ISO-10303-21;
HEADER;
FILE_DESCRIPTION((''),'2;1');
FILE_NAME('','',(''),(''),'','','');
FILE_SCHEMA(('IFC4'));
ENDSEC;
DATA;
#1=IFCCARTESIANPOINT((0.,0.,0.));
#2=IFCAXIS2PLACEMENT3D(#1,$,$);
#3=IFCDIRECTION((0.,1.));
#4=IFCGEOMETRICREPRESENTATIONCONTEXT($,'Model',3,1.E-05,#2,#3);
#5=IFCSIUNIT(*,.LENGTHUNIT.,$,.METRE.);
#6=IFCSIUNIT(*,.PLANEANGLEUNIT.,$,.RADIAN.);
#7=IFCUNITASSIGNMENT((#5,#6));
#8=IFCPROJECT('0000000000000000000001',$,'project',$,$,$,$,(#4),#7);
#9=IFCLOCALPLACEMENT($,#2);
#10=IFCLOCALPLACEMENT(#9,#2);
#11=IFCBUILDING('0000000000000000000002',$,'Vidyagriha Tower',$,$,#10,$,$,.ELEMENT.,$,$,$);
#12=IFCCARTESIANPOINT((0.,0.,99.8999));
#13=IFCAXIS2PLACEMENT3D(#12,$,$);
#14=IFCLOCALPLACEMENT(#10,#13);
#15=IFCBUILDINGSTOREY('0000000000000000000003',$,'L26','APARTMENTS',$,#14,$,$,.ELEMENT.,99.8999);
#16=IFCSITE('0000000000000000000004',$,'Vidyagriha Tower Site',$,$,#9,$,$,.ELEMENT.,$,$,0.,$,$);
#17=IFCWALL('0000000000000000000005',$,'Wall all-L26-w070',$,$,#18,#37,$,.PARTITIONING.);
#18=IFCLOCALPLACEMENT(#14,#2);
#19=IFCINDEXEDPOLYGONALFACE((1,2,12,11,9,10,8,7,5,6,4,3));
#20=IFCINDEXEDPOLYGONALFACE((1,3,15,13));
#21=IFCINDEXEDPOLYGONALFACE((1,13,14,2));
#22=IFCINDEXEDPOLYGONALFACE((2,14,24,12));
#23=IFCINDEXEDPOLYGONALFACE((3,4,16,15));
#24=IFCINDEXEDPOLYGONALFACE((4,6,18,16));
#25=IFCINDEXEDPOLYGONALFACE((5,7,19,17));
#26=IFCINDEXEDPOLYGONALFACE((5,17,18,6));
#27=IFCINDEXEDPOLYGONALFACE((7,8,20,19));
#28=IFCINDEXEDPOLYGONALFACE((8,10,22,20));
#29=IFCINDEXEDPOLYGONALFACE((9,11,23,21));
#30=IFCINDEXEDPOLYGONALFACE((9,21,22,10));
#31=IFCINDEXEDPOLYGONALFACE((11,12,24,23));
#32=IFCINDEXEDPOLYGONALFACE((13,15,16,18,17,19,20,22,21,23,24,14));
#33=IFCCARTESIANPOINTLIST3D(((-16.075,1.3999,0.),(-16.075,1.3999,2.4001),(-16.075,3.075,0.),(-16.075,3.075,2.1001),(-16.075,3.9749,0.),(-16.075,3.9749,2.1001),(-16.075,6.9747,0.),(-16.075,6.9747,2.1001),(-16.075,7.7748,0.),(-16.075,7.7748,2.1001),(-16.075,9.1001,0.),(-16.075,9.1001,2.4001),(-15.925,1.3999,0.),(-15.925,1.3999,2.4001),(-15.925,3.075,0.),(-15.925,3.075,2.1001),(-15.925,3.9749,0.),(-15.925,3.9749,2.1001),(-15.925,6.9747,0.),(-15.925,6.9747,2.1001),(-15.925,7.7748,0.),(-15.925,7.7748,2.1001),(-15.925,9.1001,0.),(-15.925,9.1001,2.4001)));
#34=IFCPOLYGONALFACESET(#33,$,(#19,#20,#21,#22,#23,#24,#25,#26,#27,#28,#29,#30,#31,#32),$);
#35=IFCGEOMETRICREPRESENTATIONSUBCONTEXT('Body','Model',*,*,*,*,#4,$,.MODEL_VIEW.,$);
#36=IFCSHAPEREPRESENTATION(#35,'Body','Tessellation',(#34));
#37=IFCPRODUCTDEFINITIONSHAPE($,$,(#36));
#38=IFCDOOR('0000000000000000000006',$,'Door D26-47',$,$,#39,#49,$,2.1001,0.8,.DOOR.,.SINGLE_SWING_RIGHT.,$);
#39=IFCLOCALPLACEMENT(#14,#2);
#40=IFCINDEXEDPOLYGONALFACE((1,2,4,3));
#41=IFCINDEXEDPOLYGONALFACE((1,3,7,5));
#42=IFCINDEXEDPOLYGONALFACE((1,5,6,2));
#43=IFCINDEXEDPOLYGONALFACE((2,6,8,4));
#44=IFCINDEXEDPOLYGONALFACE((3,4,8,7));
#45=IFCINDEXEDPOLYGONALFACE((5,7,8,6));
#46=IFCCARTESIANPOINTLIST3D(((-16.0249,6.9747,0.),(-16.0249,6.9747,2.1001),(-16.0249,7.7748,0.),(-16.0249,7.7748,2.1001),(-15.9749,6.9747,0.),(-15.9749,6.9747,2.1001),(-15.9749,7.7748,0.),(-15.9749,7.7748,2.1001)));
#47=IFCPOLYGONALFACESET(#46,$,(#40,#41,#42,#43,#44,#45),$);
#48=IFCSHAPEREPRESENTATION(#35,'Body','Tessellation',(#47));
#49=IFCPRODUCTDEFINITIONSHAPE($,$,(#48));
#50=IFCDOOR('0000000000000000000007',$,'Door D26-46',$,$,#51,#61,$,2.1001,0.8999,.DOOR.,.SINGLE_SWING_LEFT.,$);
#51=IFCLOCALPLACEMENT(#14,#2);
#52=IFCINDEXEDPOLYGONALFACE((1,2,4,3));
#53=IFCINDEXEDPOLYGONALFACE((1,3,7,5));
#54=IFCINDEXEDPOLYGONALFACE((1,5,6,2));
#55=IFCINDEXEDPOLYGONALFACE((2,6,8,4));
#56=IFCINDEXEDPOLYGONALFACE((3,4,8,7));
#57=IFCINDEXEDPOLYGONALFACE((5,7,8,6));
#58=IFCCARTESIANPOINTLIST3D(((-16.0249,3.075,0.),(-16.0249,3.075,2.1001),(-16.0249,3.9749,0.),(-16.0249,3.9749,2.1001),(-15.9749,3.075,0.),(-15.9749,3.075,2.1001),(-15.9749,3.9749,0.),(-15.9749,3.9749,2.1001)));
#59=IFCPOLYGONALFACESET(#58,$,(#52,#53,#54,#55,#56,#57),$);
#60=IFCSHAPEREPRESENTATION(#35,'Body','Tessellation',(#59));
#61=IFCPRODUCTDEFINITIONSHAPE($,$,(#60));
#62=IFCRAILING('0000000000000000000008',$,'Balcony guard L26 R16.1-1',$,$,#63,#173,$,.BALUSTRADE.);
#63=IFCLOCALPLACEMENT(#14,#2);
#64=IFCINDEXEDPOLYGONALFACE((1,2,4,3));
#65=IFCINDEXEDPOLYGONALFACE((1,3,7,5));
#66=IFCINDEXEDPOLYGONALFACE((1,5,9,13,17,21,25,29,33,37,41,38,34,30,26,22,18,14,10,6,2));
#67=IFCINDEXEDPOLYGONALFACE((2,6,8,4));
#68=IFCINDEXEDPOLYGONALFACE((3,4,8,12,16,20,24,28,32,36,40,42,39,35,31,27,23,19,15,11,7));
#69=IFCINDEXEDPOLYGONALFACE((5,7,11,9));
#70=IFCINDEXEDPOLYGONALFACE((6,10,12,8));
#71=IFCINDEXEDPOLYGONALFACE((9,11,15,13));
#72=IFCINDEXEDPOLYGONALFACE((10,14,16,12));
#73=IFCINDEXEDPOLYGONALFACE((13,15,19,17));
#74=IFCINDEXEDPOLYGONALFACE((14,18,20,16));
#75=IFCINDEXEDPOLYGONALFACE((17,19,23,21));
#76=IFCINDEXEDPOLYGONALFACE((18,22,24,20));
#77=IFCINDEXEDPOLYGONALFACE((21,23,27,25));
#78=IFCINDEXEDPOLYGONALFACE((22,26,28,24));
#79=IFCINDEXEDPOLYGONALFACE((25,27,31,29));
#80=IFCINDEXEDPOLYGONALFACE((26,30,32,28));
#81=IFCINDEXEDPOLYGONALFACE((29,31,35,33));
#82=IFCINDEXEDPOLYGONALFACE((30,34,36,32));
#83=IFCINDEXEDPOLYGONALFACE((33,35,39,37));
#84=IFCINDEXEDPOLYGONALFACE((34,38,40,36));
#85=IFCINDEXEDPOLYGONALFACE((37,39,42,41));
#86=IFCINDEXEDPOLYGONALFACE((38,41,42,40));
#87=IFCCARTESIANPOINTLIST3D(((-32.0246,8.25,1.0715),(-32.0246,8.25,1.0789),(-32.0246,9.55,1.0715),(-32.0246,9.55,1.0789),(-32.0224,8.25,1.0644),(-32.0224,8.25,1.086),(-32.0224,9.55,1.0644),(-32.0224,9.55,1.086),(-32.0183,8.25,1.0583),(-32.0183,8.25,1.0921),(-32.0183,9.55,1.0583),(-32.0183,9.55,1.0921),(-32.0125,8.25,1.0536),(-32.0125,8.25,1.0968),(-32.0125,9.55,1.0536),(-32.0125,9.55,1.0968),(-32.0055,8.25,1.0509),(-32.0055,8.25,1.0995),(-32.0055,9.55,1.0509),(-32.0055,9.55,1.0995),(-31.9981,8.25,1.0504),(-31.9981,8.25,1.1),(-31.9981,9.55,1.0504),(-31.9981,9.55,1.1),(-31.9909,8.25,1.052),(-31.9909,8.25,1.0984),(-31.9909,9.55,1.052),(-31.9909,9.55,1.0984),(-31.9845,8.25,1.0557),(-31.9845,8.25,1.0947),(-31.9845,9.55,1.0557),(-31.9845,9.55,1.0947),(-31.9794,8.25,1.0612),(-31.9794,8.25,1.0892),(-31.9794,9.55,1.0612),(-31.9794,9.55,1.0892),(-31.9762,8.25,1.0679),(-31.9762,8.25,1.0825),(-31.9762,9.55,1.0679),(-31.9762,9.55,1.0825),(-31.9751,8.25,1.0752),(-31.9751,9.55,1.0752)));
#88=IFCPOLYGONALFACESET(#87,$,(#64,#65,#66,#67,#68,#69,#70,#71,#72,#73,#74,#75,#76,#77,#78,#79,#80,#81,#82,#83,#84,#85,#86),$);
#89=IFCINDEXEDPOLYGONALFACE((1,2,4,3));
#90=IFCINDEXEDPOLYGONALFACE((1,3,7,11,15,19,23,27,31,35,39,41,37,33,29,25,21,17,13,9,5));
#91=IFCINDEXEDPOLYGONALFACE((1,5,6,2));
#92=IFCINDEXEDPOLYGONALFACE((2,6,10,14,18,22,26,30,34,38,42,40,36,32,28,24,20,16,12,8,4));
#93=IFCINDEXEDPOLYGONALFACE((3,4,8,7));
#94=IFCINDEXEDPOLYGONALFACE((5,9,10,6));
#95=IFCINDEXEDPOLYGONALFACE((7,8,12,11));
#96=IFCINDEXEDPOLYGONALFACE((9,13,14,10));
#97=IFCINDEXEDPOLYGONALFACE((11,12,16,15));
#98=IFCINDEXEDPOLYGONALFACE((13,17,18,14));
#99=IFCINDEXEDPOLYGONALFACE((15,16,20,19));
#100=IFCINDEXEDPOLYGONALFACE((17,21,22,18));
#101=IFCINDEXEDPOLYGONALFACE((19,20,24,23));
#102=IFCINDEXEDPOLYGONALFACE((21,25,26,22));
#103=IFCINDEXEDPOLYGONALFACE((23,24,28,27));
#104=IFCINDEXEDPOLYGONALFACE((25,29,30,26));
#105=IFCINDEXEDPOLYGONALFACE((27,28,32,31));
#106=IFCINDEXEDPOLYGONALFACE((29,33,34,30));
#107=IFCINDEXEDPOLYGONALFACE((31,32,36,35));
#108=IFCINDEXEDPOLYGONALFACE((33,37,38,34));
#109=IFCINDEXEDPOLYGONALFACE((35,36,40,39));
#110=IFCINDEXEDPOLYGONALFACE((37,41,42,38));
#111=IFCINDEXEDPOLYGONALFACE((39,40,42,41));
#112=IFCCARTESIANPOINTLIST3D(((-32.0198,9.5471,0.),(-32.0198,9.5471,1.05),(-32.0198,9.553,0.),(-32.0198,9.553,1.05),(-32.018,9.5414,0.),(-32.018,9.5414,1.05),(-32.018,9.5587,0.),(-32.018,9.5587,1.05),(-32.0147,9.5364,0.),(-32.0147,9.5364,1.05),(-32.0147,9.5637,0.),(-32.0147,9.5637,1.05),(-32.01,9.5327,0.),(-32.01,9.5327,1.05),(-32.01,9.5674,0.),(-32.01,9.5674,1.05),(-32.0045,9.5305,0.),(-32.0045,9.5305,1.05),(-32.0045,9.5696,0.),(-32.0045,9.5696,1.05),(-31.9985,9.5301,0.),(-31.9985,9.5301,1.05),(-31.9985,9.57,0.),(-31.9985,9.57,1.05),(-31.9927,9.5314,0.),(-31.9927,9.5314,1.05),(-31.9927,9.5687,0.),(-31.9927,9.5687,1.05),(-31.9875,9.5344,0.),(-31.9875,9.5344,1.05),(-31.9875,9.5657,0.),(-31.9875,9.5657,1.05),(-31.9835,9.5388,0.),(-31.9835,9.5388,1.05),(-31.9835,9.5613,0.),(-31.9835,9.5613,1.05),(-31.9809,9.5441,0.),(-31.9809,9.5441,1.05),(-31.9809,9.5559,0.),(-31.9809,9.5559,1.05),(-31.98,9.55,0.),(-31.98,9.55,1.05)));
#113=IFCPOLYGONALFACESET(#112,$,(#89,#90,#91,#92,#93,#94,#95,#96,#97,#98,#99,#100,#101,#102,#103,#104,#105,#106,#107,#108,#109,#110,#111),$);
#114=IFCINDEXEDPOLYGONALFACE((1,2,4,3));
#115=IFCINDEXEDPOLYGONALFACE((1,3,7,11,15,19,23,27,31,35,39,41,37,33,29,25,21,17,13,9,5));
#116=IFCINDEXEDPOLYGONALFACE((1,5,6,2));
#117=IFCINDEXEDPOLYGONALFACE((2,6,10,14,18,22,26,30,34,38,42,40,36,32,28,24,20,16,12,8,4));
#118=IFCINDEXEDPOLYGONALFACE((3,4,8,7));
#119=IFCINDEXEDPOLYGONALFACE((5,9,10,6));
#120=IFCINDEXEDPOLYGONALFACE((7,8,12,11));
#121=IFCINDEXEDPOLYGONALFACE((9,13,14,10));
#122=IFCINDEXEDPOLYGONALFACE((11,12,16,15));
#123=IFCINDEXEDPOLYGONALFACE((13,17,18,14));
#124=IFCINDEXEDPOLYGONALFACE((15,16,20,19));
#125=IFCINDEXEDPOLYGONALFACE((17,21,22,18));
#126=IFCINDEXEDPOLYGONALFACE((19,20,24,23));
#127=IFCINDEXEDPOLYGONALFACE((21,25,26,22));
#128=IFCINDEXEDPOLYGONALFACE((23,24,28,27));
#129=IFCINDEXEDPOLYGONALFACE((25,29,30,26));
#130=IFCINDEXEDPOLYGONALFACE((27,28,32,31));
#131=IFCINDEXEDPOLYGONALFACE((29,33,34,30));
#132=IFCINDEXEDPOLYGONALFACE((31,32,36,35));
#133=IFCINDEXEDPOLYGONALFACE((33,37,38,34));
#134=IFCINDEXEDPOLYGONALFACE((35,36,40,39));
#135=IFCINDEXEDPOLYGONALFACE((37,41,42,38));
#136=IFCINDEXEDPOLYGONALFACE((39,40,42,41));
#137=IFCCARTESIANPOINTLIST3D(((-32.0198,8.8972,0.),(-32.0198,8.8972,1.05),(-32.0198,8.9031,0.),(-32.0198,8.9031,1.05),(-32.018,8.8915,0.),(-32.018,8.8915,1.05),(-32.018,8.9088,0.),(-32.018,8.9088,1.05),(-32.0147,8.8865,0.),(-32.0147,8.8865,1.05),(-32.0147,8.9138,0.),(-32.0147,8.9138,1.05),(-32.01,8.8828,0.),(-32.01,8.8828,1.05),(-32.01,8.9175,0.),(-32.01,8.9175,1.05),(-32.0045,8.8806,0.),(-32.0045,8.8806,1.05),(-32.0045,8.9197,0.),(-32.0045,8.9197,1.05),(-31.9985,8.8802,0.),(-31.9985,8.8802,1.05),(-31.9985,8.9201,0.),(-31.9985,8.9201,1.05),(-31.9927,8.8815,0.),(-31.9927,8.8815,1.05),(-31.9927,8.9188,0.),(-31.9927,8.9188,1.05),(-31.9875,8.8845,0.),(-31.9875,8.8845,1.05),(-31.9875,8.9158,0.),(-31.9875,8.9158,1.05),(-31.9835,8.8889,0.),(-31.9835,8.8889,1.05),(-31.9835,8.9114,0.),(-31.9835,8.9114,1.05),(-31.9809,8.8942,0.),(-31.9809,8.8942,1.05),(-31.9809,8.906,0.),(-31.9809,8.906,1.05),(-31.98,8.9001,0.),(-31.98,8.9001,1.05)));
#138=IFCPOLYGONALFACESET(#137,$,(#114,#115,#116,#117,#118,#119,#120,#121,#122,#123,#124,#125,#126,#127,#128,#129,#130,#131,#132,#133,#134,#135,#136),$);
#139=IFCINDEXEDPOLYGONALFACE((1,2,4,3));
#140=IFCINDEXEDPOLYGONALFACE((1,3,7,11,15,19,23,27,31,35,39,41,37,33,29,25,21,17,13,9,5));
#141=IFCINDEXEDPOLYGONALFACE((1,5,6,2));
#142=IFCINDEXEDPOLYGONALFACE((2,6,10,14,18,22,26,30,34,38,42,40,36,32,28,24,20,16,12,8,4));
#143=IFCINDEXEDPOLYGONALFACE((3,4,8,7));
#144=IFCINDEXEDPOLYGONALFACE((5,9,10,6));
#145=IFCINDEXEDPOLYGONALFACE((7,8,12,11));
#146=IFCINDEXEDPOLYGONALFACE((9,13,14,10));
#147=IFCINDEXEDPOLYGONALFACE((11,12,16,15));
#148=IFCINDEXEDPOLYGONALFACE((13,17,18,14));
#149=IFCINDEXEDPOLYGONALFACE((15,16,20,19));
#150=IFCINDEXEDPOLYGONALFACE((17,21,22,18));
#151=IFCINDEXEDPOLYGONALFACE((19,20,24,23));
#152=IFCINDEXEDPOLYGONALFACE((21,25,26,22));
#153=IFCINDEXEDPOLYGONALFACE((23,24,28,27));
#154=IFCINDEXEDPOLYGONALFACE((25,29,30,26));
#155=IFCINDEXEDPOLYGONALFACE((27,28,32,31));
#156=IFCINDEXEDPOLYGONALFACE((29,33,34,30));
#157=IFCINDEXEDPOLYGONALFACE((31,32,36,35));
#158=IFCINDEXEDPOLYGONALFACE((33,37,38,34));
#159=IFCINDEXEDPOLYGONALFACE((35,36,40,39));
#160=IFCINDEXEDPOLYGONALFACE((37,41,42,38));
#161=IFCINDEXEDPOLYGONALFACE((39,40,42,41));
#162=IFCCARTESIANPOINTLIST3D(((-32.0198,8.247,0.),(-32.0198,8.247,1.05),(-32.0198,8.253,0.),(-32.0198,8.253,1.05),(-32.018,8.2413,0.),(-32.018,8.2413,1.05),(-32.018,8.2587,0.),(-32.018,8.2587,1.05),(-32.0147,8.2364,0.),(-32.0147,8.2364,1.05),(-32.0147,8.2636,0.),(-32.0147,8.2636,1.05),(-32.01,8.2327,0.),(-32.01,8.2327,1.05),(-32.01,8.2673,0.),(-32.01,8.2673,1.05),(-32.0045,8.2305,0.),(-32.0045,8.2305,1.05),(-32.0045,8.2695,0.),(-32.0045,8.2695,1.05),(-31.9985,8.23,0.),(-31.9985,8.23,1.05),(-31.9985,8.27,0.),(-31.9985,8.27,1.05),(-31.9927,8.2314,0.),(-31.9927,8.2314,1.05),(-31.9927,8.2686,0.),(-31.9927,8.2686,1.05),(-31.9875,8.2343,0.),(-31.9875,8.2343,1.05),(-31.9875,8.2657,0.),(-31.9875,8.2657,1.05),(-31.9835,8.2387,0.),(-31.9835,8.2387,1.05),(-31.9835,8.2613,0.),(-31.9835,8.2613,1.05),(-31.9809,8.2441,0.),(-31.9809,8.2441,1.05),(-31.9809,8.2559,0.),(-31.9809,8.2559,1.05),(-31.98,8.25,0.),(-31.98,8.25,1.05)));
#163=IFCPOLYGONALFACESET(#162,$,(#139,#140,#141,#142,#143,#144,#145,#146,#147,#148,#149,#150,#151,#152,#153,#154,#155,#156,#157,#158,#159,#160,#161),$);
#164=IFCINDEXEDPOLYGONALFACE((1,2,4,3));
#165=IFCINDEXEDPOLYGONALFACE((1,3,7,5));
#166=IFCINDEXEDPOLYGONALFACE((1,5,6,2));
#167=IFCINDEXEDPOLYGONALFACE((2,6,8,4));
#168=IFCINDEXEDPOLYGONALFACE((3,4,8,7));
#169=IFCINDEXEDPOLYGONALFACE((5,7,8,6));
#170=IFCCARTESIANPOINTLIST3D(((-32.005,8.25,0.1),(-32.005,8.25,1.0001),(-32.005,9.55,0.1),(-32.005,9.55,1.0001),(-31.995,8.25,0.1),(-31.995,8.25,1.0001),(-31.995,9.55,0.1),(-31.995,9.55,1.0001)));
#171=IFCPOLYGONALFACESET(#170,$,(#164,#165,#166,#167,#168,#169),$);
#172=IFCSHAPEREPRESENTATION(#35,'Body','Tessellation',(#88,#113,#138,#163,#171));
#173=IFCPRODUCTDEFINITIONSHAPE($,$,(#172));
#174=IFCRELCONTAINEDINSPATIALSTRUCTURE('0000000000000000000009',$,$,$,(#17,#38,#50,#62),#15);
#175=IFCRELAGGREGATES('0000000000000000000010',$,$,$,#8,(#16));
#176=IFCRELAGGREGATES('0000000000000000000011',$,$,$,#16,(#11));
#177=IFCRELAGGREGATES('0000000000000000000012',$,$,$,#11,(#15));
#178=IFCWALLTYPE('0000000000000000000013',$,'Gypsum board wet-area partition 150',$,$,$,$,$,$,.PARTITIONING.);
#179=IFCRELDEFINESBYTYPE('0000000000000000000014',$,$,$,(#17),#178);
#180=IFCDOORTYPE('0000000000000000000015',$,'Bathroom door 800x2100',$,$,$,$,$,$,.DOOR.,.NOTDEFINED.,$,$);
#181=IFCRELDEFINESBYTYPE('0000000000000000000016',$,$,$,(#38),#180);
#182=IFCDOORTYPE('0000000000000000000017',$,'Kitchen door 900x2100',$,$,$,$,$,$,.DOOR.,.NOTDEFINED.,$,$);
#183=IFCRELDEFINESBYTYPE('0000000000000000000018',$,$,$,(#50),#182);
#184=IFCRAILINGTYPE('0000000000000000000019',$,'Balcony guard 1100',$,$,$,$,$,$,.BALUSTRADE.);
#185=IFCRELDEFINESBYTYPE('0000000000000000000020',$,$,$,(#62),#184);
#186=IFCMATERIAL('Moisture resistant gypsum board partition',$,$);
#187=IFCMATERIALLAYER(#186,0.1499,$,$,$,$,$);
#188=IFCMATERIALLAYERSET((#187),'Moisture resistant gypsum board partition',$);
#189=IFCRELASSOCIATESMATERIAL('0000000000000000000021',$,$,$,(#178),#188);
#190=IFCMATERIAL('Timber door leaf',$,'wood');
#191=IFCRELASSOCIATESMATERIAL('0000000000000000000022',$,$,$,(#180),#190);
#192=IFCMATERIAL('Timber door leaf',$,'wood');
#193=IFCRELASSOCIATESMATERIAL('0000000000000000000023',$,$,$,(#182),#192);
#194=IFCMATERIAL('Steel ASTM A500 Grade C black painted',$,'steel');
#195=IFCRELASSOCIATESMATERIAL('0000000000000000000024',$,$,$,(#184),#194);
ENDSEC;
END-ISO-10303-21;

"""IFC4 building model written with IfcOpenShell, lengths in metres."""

from ifc_helpers import new_model, si_unit, direction, frame, frame_2d, origin, origin_2d, place, context, subcontext, project, spatial, rectangle, circle, extrude, material, layer, layer_set, type_object, element, fill, save


model = new_model("IFC4")

# Units and contexts
model_context = context("Model", 3, precision=1e-05, world=origin(), true_north=direction((0.0, 1.0)))
body_context = subcontext(model_context, "Body", "Model", "MODEL_VIEW")
ifc_project = project(units=[si_unit("LENGTHUNIT", "METRE"), si_unit("PLANEANGLEUNIT", "RADIAN")], contexts=[model_context])

# Site, building, storey
site_placement = place(None, origin())
site = spatial("IfcSite", under=ifc_project, at=site_placement, Name="Vidyagriha Tower Site", CompositionType="ELEMENT", RefElevation=0.0)
building_placement = place(site_placement, origin())
building = spatial("IfcBuilding", under=site, at=building_placement, Name="Vidyagriha Tower", CompositionType="ELEMENT")
storey_placement = place(building_placement, frame((0.0, 0.0, 99.8999)))
storey = spatial("IfcBuildingStorey", under=building, at=storey_placement, Name="L26", Description="APARTMENTS", CompositionType="ELEMENT", Elevation=99.8999)

# Wall, openings, doors
ifc_material_1 = material(Name="Moisture resistant gypsum board partition")
ifc_layer_1 = layer(ifc_material_1, 0.1499)
ifc_layer_set_1 = layer_set([ifc_layer_1], Name="Moisture resistant gypsum board partition")
wall_type_1 = type_object("IfcWallType", Name="Gypsum board wet-area partition 150", PredefinedType="PARTITIONING", material=ifc_layer_set_1)
wall_1_placement = place(storey_placement, frame((-16.0, 1.3999, 0.0), z_axis=(0.0, 0.0, 1.0), x_axis=(0.0, 1.0, 0.0)))
wall_1 = element("IfcWall", 1, at=wall_1_placement, inside=storey, type_object=wall_type_1, Name="Wall all-L26-w070", PredefinedType="PARTITIONING", context=body_context, shape_type="SweptSolid", body=[
    extrude(rectangle(XDim=7.7002, YDim=0.1499, at=frame_2d((3.8501, 0.0))), origin(), (0.0, 0.0, 1.0), 2.4001),
])
opening_1_placement = place(wall_1_placement, frame((1.675, 0.0, 0.0)))
opening_1 = element("IfcOpeningElement", 2, at=opening_1_placement, cuts=wall_1, PredefinedType="OPENING", context=body_context, shape_type="SweptSolid", body=[
    extrude(rectangle(XDim=0.8999, YDim=2.1001, at=frame_2d((0.45, 1.05))), frame((0.0, 0.085, 0.0), z_axis=(0.0, -1.0, 0.0), x_axis=(1.0, 0.0, 0.0)), (0.0, 0.0, 1.0), 0.1699),
])
opening_2_placement = place(wall_1_placement, frame((5.575, 0.0, 0.0)))
opening_2 = element("IfcOpeningElement", 3, at=opening_2_placement, cuts=wall_1, PredefinedType="OPENING", context=body_context, shape_type="SweptSolid", body=[
    extrude(rectangle(XDim=0.8, YDim=2.1001, at=frame_2d((0.3999, 1.05))), frame((0.0, 0.085, 0.0), z_axis=(0.0, -1.0, 0.0), x_axis=(1.0, 0.0, 0.0)), (0.0, 0.0, 1.0), 0.1699),
])
ifc_material_2 = material(Name="Timber door leaf", Category="wood")
door_type_1 = type_object("IfcDoorType", Name="Bathroom door 800x2100", OperationType="NOTDEFINED", PredefinedType="DOOR", material=ifc_material_2)
door_1_placement = place(opening_2_placement, origin())
door_1 = element("IfcDoor", 4, at=door_1_placement, inside=storey, type_object=door_type_1, Name="Door D26-47", OperationType="SINGLE_SWING_RIGHT", OverallHeight=2.1001, OverallWidth=0.8, PredefinedType="DOOR", context=body_context, shape_type="SweptSolid", body=[
    extrude(rectangle(XDim=0.8, YDim=2.1001, at=frame_2d((0.3999, 1.05))), frame((0.0, 0.0249, 0.0), z_axis=(0.0, -1.0, 0.0), x_axis=(1.0, 0.0, 0.0)), (0.0, 0.0, 1.0), 0.05),
])
fill(opening_2, door_1)
ifc_material_3 = material(Name="Timber door leaf", Category="wood")
door_type_2 = type_object("IfcDoorType", Name="Kitchen door 900x2100", OperationType="NOTDEFINED", PredefinedType="DOOR", material=ifc_material_3)
door_2_placement = place(opening_1_placement, origin())
door_2 = element("IfcDoor", 5, at=door_2_placement, inside=storey, type_object=door_type_2, Name="Door D26-46", OperationType="SINGLE_SWING_LEFT", OverallHeight=2.1001, OverallWidth=0.8999, PredefinedType="DOOR", context=body_context, shape_type="SweptSolid", body=[
    extrude(rectangle(XDim=0.8999, YDim=2.1001, at=frame_2d((0.45, 1.05))), frame((0.0, 0.0249, 0.0), z_axis=(0.0, -1.0, 0.0), x_axis=(1.0, 0.0, 0.0)), (0.0, 0.0, 1.0), 0.05),
])
fill(opening_1, door_2)

# Railing
ifc_material_4 = material(Name="Steel ASTM A500 Grade C black painted", Category="steel")
railing_type_1 = type_object("IfcRailingType", Name="Balcony guard 1100", PredefinedType="BALUSTRADE", material=ifc_material_4)
railing_1_placement = place(storey_placement, frame((-32.0, 9.55, 0.0)))
element("IfcRailing", 6, at=railing_1_placement, inside=storey, type_object=railing_type_1, Name="Balcony guard L26 R16.1-1", PredefinedType="BALUSTRADE", context=body_context, shape_type="SweptSolid", body=[
    extrude(circle(Radius=0.0249, at=origin_2d()), frame((0.0, 0.0, 1.0752), z_axis=(0.0, -1.0, 0.0), x_axis=(1.0, 0.0, 0.0)), (0.0, 0.0, 1.0), 1.3),
    extrude(circle(Radius=0.02, at=origin_2d()), origin(), (0.0, 0.0, 1.0), 1.05),
    extrude(circle(Radius=0.02, at=origin_2d()), frame((0.0, -0.6499, 0.0)), (0.0, 0.0, 1.0), 1.05),
    extrude(circle(Radius=0.02, at=origin_2d()), frame((0.0, -1.3, 0.0)), (0.0, 0.0, 1.0), 1.05),
    extrude(rectangle(XDim=0.01, YDim=0.9001, at=origin_2d()), frame((0.0, 0.0, 0.55), z_axis=(0.0, -1.0, 0.0), x_axis=(1.0, 0.0, 0.0)), (0.0, 0.0, 1.0), 1.3),
])

save(model, "model.ifc")
